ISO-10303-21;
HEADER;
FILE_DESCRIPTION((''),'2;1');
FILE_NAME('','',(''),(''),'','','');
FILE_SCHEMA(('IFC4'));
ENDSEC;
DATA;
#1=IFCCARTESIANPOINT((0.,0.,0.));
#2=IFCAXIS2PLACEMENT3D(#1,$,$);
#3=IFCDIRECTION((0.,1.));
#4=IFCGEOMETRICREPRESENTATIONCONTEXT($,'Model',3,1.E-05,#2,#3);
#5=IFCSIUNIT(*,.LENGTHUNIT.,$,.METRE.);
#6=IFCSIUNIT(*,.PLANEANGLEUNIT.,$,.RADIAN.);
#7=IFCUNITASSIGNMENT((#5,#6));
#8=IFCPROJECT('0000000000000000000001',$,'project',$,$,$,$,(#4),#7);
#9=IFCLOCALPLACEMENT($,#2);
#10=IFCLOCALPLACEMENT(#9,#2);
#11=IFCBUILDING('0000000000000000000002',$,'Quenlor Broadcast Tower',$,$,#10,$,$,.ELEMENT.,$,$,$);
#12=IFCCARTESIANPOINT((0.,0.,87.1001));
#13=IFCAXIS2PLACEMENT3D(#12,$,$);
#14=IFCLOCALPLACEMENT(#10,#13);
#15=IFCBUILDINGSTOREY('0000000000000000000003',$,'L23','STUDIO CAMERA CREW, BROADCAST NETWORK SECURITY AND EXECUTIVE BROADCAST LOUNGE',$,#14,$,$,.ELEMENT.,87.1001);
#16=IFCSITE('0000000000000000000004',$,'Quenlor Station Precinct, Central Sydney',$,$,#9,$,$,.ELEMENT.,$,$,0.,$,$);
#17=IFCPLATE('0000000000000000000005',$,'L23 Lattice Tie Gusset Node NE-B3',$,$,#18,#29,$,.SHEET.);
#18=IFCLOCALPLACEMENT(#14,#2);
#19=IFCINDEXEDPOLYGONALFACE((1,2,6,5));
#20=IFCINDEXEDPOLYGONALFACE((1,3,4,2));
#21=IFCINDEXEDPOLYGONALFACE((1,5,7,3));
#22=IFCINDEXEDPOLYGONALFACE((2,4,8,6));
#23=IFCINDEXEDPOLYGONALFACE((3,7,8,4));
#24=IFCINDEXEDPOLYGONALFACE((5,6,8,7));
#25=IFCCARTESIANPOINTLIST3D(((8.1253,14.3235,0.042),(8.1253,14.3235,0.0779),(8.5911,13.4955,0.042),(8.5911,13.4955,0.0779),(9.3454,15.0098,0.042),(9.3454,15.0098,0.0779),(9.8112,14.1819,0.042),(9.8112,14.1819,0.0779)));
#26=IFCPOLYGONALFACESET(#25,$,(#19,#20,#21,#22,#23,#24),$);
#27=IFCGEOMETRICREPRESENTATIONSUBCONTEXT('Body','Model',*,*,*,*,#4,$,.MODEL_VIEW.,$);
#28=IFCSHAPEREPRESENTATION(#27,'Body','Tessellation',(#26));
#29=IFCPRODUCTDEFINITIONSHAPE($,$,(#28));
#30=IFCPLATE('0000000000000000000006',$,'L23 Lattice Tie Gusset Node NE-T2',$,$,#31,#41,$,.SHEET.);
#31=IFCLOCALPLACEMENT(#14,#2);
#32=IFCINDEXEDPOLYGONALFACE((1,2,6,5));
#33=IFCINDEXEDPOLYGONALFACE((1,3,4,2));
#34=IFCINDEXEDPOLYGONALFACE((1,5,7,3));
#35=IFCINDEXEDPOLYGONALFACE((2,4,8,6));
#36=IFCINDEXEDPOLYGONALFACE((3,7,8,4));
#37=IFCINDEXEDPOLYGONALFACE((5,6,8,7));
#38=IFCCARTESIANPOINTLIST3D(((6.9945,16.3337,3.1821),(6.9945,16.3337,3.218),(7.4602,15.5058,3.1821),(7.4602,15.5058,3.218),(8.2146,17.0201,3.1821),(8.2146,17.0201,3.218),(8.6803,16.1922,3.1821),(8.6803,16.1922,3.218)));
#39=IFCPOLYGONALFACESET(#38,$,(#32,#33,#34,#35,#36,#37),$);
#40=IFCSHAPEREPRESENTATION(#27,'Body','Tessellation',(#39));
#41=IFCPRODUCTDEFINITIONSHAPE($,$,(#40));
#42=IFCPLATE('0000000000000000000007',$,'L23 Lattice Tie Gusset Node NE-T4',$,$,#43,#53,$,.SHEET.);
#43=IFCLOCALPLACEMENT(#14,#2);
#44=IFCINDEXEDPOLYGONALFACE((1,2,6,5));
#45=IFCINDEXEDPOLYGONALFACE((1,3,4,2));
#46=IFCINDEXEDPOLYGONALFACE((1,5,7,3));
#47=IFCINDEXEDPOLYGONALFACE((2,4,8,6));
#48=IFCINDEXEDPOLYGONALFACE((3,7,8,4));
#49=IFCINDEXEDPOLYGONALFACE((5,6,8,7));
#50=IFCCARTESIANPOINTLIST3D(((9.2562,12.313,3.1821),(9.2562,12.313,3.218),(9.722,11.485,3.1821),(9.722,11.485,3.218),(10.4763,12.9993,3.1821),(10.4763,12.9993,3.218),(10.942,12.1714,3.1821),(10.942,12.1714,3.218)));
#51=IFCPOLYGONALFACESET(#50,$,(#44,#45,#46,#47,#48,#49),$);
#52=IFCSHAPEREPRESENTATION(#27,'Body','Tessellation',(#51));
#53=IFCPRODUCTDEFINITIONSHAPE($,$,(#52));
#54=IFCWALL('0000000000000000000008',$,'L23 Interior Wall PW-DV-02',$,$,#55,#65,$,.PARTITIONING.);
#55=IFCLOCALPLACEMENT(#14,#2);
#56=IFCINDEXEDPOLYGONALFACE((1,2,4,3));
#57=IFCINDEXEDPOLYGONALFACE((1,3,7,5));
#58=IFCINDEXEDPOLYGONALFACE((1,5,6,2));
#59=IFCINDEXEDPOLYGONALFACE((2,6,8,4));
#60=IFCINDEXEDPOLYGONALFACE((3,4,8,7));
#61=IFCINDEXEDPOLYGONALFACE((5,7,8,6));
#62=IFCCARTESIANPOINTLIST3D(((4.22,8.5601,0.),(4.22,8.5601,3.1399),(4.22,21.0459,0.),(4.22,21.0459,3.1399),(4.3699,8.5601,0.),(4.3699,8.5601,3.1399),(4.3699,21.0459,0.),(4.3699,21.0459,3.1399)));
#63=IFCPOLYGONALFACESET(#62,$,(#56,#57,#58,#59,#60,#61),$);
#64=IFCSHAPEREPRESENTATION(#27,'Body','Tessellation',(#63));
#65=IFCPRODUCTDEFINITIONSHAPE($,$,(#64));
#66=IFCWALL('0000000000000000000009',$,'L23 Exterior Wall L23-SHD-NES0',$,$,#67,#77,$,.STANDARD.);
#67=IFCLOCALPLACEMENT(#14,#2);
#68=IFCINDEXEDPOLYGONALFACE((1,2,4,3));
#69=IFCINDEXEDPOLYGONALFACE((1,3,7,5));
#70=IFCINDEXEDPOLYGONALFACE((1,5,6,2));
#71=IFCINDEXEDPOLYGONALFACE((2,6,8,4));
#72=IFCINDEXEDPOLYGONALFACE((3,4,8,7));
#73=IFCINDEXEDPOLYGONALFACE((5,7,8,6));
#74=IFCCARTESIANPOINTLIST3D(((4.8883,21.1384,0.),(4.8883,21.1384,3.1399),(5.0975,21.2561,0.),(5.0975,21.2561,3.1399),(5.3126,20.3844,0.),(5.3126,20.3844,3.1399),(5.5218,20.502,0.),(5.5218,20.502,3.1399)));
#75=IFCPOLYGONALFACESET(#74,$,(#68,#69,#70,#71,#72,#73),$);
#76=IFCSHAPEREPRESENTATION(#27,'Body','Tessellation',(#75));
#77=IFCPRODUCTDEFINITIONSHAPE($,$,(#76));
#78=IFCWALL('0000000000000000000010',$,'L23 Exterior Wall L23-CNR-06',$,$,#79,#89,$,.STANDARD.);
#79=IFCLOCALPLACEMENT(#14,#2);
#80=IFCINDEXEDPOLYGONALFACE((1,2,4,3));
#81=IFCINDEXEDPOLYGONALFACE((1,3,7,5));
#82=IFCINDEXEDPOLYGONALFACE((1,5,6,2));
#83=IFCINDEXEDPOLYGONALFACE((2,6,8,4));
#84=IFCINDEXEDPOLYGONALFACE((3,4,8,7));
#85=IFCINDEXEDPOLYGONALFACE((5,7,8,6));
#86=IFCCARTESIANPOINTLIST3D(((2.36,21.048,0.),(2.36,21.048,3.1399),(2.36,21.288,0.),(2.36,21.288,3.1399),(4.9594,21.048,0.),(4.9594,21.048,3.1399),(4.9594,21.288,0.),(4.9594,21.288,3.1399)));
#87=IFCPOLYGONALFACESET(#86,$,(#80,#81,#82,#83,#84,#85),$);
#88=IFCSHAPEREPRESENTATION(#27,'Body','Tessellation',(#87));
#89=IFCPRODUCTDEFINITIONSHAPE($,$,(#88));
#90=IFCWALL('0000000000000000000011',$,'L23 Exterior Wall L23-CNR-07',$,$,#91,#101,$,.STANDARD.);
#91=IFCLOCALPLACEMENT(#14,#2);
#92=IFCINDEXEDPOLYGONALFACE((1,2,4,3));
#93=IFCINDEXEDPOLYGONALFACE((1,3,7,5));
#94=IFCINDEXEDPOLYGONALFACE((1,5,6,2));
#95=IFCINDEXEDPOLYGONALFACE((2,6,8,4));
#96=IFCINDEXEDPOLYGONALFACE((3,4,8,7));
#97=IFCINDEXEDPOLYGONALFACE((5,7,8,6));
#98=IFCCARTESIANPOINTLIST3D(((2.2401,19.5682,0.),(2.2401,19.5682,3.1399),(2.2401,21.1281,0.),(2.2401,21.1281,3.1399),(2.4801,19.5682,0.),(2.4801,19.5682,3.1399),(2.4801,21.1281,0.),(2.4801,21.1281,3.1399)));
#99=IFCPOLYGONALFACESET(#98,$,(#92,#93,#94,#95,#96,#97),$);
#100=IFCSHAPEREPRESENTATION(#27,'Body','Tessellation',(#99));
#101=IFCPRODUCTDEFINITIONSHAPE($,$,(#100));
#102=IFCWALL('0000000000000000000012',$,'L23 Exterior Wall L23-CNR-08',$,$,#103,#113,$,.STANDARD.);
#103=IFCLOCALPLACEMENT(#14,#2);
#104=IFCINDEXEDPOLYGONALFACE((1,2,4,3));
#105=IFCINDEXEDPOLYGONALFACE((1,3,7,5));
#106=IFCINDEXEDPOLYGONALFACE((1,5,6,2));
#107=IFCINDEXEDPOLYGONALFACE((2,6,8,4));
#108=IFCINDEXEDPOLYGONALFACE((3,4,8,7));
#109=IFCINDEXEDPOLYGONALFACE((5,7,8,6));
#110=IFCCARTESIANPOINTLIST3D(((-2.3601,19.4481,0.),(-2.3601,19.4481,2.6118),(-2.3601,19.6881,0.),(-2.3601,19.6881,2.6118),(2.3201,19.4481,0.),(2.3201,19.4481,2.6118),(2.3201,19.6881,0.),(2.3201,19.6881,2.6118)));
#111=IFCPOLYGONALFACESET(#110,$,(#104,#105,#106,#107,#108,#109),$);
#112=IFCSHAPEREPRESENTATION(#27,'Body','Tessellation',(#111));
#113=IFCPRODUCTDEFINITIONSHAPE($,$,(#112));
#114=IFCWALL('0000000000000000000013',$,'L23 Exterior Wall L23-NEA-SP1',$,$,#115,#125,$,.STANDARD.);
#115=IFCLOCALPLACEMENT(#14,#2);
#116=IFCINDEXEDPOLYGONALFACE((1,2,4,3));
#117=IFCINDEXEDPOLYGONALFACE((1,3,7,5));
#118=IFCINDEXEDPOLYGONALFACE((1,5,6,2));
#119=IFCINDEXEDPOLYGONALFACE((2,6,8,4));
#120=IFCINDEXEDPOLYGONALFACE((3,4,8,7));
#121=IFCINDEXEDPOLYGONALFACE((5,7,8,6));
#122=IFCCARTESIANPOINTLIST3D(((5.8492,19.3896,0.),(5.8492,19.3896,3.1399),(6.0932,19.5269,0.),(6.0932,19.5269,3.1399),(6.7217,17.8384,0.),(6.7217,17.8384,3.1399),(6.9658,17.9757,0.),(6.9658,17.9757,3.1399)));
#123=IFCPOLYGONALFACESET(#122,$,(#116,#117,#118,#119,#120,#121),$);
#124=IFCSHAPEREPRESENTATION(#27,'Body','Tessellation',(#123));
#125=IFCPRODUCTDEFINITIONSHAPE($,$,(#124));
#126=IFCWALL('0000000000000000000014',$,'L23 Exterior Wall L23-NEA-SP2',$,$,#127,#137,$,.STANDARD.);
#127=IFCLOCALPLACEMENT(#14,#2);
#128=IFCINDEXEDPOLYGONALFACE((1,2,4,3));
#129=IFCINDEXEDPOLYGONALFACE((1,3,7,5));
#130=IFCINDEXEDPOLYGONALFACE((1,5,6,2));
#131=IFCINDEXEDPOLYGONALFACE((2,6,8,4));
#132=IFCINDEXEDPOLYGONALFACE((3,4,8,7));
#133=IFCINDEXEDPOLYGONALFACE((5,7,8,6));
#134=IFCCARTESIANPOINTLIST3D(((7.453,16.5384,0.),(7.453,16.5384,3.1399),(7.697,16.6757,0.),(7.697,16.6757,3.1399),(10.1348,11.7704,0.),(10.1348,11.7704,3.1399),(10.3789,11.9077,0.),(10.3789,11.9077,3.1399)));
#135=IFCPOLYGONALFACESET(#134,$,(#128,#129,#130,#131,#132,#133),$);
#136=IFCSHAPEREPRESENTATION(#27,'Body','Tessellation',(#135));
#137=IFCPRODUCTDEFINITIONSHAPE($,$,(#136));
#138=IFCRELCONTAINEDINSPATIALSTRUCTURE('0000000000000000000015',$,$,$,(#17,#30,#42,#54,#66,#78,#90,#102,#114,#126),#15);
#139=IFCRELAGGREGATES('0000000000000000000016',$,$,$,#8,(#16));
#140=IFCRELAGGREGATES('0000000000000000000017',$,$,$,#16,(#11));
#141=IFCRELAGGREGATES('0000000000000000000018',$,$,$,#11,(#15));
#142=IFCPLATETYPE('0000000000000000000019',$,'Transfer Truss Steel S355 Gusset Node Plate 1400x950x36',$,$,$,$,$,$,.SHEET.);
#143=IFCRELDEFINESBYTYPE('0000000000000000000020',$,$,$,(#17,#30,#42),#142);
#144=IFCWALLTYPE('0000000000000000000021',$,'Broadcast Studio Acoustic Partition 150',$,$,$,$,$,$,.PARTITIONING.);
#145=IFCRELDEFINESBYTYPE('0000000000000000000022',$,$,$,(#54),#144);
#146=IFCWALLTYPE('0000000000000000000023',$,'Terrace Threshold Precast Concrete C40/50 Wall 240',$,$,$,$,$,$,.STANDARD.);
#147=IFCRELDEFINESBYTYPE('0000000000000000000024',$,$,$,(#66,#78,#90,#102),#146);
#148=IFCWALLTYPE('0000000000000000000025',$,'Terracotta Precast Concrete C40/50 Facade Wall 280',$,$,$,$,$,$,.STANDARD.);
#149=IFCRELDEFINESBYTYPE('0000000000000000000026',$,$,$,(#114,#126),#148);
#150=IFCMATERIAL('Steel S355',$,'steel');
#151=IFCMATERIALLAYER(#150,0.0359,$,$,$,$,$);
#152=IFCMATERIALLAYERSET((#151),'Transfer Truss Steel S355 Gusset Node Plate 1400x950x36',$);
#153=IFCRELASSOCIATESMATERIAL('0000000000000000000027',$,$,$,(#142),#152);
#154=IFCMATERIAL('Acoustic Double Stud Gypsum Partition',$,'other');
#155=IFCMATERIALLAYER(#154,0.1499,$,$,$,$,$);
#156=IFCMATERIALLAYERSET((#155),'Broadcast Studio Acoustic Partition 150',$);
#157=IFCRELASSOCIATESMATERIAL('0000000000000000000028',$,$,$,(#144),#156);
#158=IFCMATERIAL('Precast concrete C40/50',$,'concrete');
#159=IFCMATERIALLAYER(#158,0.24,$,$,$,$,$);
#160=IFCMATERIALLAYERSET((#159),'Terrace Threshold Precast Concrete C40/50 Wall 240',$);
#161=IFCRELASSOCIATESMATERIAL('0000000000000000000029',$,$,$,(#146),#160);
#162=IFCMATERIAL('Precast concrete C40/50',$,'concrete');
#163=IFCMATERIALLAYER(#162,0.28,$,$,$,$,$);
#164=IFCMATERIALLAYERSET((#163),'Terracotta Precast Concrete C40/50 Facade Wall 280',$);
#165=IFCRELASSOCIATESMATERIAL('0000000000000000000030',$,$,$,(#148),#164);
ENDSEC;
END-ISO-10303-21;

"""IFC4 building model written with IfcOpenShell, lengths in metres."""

from ifc_helpers import new_model, si_unit, direction, frame, frame_2d, origin, origin_2d, place, context, subcontext, project, spatial, rectangle, extrude, material, layer, layer_set, type_object, element, save


model = new_model("IFC4")

# Units and contexts
model_context = context("Model", 3, precision=1e-05, world=origin(), true_north=direction((0.0, 1.0)))
body_context = subcontext(model_context, "Body", "Model", "MODEL_VIEW")
ifc_project = project(units=[si_unit("LENGTHUNIT", "METRE"), si_unit("PLANEANGLEUNIT", "RADIAN")], contexts=[model_context])

# Site, building, storey
site_placement = place(None, origin())
site = spatial("IfcSite", under=ifc_project, at=site_placement, Name="Quenlor Station Precinct, Central Sydney", CompositionType="ELEMENT", RefElevation=0.0)
building_placement = place(site_placement, origin())
building = spatial("IfcBuilding", under=site, at=building_placement, Name="Quenlor Broadcast Tower", CompositionType="ELEMENT")
storey_placement = place(building_placement, frame((0.0, 0.0, 87.1001)))
storey = spatial("IfcBuildingStorey", under=building, at=storey_placement, Name="L23", Description="STUDIO CAMERA CREW, BROADCAST NETWORK SECURITY AND EXECUTIVE BROADCAST LOUNGE", CompositionType="ELEMENT", Elevation=87.1001)

# Plates
ifc_material_1 = material(Name="Steel S355", Category="steel")
ifc_layer_1 = layer(ifc_material_1, 0.0359)
ifc_layer_set_1 = layer_set([ifc_layer_1], Name="Transfer Truss Steel S355 Gusset Node Plate 1400x950x36")
plate_type_1 = type_object("IfcPlateType", Name="Transfer Truss Steel S355 Gusset Node Plate 1400x950x36", PredefinedType="SHEET", material=ifc_layer_set_1)
for number, where, z_axis, x_axis, name in (
    (1, (8.9683, 14.2527, 0.042), (0.0, 0.0, 1.0), (0.871556, 0.490295, 0.0), "L23 Lattice Tie Gusset Node NE-B3"),
    (2, (7.8374, 16.2629, 3.1821), (0.0, 0.0, 1.0), (0.871556, 0.490295, 0.0), "L23 Lattice Tie Gusset Node NE-T2"),
    (3, (10.0991, 12.2422, 3.1821), (0.0, 0.0, 1.0), (0.871556, 0.490295, 0.0), "L23 Lattice Tie Gusset Node NE-T4"),
):
    element("IfcPlate", number, at=place(storey_placement, frame(where, z_axis=z_axis, x_axis=x_axis)), inside=storey, type_object=plate_type_1, Name=name, PredefinedType="SHEET", context=body_context, shape_type="SweptSolid", body=[
        extrude(rectangle(XDim=1.3999, YDim=0.95, at=origin_2d()), origin(), (0.0, 0.0, 1.0), 0.0359),
    ])

# Walls
ifc_material_2 = material(Name="Acoustic Double Stud Gypsum Partition", Category="other")
ifc_layer_2 = layer(ifc_material_2, 0.1499)
ifc_layer_set_2 = layer_set([ifc_layer_2], Name="Broadcast Studio Acoustic Partition 150")
wall_type_1 = type_object("IfcWallType", Name="Broadcast Studio Acoustic Partition 150", PredefinedType="PARTITIONING", material=ifc_layer_set_2)
wall_1_placement = place(storey_placement, frame((4.2949, 21.0459, 0.0), z_axis=(0.0, 0.0, 1.0), x_axis=(0.0, -1.0, 0.0)))
element("IfcWall", 4, at=wall_1_placement, inside=storey, type_object=wall_type_1, Name="L23 Interior Wall PW-DV-02", PredefinedType="PARTITIONING", context=body_context, shape_type="SweptSolid", body=[
    extrude(rectangle(XDim=12.4858, YDim=0.1499, at=frame_2d((6.2429, 0.0))), origin(), (0.0, 0.0, 1.0), 3.1399),
])
ifc_material_3 = material(Name="Precast concrete C40/50", Category="concrete")
ifc_layer_3 = layer(ifc_material_3, 0.24)
ifc_layer_set_3 = layer_set([ifc_layer_3], Name="Terrace Threshold Precast Concrete C40/50 Wall 240")
wall_type_2 = type_object("IfcWallType", Name="Terrace Threshold Precast Concrete C40/50 Wall 240", PredefinedType="STANDARD", material=ifc_layer_set_3)
wall_2_placement = place(storey_placement, frame((4.9929, 21.1973, 0.0), z_axis=(0.0, 0.0, 1.0), x_axis=(0.490355, -0.871523, 0.0)))
element("IfcWall", 5, at=wall_2_placement, inside=storey, type_object=wall_type_2, Name="L23 Exterior Wall L23-SHD-NES0", PredefinedType="STANDARD", context=body_context, shape_type="SweptSolid", body=[
    extrude(rectangle(XDim=0.8652, YDim=0.24, at=frame_2d((0.4326, 0.0))), origin(), (0.0, 0.0, 1.0), 3.1399),
])
wall_3_placement = place(storey_placement, frame((4.9595, 21.168, 0.0), z_axis=(0.0, 0.0, 1.0), x_axis=(-1.0, 0.0, 0.0)))
element("IfcWall", 6, at=wall_3_placement, inside=storey, type_object=wall_type_2, Name="L23 Exterior Wall L23-CNR-06", PredefinedType="STANDARD", context=body_context, shape_type="SweptSolid", body=[
    extrude(rectangle(XDim=2.5994, YDim=0.24, at=frame_2d((1.2998, 0.0))), origin(), (0.0, 0.0, 1.0), 3.1399),
])
wall_4_placement = place(storey_placement, frame((2.3601, 21.1279, 0.0), z_axis=(0.0, 0.0, 1.0), x_axis=(0.0, -1.0, 0.0)))
element("IfcWall", 7, at=wall_4_placement, inside=storey, type_object=wall_type_2, Name="L23 Exterior Wall L23-CNR-07", PredefinedType="STANDARD", context=body_context, shape_type="SweptSolid", body=[
    extrude(rectangle(XDim=1.5598, YDim=0.24, at=frame_2d((0.7798, 0.0))), origin(), (0.0, 0.0, 1.0), 3.1399),
])
wall_5_placement = place(storey_placement, frame((2.3201, 19.5681, 0.0), z_axis=(0.0, 0.0, 1.0), x_axis=(-1.0, 0.0, 0.0)))
element("IfcWall", 8, at=wall_5_placement, inside=storey, type_object=wall_type_2, Name="L23 Exterior Wall L23-CNR-08", PredefinedType="STANDARD", context=body_context, shape_type="SweptSolid", body=[
    extrude(rectangle(XDim=4.6802, YDim=0.24, at=frame_2d((2.3401, 0.0))), origin(), (0.0, 0.0, 1.0), 2.6118),
])
ifc_material_4 = material(Name="Precast concrete C40/50", Category="concrete")
ifc_layer_4 = layer(ifc_material_4, 0.28)
ifc_layer_set_4 = layer_set([ifc_layer_4], Name="Terracotta Precast Concrete C40/50 Facade Wall 280")
wall_type_3 = type_object("IfcWallType", Name="Terracotta Precast Concrete C40/50 Facade Wall 280", PredefinedType="STANDARD", material=ifc_layer_set_4)
wall_6_placement = place(storey_placement, frame((5.9712, 19.4583, 0.0), z_axis=(0.0, 0.0, 1.0), x_axis=(0.490248, -0.871583, 0.0)))
element("IfcWall", 9, at=wall_6_placement, inside=storey, type_object=wall_type_3, Name="L23 Exterior Wall L23-NEA-SP1", PredefinedType="STANDARD", context=body_context, shape_type="SweptSolid", body=[
    extrude(rectangle(XDim=1.7798, YDim=0.28, at=frame_2d((0.8899, 0.0))), origin(), (0.0, 0.0, 1.0), 3.1399),
])
wall_7_placement = place(storey_placement, frame((7.575, 16.6072, 0.0), z_axis=(0.0, 0.0, 1.0), x_axis=(0.49024, -0.871587, 0.0)))
element("IfcWall", 10, at=wall_7_placement, inside=storey, type_object=wall_type_3, Name="L23 Exterior Wall L23-NEA-SP2", PredefinedType="STANDARD", context=body_context, shape_type="SweptSolid", body=[
    extrude(rectangle(XDim=5.4705, YDim=0.28, at=frame_2d((2.7354, 0.0))), origin(), (0.0, 0.0, 1.0), 3.1399),
])

save(model, "model.ifc")
